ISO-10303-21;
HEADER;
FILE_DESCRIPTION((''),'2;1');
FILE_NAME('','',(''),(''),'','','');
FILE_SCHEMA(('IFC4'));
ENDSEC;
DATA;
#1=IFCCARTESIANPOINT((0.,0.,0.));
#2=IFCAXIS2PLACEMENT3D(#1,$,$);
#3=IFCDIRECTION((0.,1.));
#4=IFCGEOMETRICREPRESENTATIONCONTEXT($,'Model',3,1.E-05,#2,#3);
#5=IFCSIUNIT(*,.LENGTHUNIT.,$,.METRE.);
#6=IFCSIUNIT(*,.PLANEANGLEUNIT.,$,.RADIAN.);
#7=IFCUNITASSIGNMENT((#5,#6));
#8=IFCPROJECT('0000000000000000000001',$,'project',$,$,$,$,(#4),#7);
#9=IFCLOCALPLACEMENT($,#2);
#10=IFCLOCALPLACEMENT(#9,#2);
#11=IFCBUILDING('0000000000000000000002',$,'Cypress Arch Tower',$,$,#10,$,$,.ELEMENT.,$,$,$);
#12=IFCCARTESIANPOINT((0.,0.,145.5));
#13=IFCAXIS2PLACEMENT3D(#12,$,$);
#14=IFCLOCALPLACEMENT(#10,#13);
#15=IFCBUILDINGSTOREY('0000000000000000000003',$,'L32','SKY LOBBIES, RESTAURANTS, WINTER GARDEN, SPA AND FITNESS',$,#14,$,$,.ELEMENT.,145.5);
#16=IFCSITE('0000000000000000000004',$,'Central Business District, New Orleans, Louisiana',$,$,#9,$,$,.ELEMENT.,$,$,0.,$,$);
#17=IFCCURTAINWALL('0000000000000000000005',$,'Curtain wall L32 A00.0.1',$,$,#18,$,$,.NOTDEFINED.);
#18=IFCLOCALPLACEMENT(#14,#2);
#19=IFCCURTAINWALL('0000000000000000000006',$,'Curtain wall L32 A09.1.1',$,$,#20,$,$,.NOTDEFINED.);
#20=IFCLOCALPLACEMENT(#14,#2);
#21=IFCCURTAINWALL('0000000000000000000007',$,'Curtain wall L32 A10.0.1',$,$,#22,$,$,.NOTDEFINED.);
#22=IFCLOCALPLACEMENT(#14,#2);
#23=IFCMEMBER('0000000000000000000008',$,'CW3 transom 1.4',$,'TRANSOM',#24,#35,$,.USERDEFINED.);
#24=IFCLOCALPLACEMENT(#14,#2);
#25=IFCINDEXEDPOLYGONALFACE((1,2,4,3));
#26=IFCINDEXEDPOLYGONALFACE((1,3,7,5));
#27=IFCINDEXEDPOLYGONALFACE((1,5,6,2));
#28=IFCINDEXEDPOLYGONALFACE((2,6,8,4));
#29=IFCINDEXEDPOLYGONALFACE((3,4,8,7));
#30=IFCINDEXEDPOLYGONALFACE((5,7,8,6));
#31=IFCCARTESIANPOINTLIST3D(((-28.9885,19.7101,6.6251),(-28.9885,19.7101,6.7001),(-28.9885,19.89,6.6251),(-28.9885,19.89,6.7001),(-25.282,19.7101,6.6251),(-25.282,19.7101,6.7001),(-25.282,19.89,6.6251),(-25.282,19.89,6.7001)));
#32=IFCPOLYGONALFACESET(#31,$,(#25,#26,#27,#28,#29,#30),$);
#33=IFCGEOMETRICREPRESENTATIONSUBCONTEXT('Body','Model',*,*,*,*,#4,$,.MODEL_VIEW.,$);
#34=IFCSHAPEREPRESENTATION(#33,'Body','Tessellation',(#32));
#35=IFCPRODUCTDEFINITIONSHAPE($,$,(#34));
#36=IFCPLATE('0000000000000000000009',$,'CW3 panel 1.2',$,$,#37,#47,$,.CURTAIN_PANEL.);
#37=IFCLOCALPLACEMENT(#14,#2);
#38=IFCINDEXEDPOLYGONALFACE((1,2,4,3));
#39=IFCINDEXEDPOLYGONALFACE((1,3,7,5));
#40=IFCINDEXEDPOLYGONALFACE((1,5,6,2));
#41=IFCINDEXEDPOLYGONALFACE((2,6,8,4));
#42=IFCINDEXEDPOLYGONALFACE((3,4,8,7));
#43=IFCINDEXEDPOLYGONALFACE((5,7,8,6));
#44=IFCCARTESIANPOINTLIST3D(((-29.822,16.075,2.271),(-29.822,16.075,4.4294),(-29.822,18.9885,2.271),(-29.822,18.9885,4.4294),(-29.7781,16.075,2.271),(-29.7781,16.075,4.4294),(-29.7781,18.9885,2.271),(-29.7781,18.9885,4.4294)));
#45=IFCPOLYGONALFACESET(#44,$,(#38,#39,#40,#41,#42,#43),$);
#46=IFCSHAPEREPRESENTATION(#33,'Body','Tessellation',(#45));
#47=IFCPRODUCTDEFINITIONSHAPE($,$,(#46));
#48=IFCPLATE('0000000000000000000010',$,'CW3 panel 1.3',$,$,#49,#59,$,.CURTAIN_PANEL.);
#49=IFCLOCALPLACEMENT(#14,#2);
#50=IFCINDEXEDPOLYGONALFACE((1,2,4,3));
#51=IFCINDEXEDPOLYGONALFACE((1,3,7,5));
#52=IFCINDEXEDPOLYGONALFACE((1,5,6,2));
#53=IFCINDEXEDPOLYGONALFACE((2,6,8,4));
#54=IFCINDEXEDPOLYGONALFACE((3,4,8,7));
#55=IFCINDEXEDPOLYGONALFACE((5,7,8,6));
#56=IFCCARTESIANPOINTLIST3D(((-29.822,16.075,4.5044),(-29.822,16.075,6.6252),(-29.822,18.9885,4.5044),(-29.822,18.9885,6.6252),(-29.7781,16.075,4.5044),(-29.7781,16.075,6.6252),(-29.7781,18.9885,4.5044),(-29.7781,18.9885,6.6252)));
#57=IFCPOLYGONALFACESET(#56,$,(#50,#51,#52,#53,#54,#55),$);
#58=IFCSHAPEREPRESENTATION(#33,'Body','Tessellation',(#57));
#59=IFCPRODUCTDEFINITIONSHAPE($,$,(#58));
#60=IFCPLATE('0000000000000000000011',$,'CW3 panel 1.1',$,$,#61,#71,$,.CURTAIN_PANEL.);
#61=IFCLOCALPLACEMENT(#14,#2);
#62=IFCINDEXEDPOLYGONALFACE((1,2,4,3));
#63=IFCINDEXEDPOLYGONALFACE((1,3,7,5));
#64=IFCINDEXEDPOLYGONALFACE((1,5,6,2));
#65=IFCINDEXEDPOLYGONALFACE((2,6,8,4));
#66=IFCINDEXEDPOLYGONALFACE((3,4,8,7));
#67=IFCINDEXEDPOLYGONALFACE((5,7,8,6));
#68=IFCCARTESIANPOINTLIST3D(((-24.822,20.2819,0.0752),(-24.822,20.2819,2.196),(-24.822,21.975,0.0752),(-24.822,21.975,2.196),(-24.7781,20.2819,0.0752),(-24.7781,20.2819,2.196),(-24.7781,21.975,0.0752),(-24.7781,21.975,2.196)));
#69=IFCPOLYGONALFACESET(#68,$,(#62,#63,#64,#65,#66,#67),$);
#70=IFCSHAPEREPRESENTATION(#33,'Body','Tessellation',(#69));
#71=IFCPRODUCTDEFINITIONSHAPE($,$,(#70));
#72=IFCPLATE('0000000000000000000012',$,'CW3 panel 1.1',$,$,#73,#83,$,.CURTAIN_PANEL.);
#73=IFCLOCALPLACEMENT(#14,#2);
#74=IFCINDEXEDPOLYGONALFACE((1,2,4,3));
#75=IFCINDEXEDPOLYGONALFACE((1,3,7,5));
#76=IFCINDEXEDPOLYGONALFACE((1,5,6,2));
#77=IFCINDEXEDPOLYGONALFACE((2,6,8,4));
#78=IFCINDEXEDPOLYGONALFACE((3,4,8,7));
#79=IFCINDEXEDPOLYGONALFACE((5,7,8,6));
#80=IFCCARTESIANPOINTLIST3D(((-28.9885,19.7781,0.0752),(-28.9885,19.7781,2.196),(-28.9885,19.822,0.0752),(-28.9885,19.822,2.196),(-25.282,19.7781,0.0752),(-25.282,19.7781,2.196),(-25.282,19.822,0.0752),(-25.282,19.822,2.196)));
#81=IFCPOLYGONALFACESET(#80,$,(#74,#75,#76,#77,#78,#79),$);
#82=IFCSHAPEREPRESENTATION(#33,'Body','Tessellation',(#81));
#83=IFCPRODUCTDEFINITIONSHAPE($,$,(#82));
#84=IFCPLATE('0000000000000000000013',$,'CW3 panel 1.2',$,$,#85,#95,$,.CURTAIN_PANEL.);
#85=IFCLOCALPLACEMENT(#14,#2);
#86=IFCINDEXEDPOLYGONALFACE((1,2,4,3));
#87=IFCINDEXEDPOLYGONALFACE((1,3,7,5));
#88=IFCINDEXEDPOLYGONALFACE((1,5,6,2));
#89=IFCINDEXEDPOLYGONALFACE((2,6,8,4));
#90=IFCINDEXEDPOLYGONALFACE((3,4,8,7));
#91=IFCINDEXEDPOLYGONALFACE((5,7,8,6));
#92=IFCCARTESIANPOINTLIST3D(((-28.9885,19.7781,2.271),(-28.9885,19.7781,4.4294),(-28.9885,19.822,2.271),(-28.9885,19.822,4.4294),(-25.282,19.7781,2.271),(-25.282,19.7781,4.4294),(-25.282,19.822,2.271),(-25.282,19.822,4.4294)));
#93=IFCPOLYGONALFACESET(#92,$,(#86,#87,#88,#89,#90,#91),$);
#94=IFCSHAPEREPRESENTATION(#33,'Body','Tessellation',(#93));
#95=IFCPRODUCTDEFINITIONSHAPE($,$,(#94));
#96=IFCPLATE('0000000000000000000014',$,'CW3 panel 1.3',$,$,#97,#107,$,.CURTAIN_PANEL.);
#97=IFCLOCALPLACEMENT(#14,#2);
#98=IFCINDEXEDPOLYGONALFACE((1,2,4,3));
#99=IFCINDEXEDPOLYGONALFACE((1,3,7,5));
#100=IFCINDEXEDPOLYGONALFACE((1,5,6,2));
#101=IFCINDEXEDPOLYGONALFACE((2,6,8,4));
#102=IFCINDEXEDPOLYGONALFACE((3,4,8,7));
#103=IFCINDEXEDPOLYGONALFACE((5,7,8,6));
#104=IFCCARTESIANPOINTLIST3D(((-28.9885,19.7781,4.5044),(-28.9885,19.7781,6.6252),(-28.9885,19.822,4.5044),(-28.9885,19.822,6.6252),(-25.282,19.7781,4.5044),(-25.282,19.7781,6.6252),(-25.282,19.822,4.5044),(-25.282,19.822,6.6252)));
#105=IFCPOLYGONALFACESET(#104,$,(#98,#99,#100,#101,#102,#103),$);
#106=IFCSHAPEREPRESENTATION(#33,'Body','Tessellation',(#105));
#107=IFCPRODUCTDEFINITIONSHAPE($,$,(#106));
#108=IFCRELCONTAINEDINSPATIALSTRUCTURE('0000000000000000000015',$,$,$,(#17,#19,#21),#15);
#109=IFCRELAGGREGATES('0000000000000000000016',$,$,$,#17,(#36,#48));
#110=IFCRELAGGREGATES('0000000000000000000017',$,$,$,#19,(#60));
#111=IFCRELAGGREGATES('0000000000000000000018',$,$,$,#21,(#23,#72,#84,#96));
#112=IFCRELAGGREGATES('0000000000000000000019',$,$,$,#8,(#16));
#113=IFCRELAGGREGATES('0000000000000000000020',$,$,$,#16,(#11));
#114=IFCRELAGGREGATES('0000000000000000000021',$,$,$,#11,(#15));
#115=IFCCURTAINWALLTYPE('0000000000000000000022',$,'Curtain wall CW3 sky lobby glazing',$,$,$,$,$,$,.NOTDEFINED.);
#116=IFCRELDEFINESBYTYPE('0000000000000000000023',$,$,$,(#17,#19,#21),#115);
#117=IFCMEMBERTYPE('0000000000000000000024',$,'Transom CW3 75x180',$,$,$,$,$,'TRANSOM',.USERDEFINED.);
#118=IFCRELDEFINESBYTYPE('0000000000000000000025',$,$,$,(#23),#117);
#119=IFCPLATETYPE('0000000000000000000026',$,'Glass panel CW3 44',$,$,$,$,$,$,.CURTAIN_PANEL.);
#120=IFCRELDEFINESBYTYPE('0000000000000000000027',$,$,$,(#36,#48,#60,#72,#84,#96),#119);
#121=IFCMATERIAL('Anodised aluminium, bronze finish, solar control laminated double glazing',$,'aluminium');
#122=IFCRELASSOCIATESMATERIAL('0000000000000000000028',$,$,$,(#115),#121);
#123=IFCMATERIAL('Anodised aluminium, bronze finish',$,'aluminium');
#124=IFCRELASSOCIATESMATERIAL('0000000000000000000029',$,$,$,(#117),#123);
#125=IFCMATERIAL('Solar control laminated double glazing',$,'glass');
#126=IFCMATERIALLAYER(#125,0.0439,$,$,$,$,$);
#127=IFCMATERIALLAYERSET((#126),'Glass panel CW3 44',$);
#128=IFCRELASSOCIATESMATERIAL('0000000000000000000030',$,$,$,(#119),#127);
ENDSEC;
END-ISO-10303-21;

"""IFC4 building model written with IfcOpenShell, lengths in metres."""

from ifc_helpers import new_model, si_unit, direction, frame, origin, origin_2d, place, context, subcontext, project, spatial, rectangle, extrude, material, layer, layer_set, material_profile, profile_set, type_object, element, aggregate, save


model = new_model("IFC4")

# Units and contexts
model_context = context("Model", 3, precision=1e-05, world=origin(), true_north=direction((0.0, 1.0)))
body_context = subcontext(model_context, "Body", "Model", "MODEL_VIEW")
ifc_project = project(units=[si_unit("LENGTHUNIT", "METRE"), si_unit("PLANEANGLEUNIT", "RADIAN")], contexts=[model_context])

# Site, building, storey
site_placement = place(None, origin())
site = spatial("IfcSite", under=ifc_project, at=site_placement, Name="Central Business District, New Orleans, Louisiana", CompositionType="ELEMENT", RefElevation=0.0)
building_placement = place(site_placement, origin())
building = spatial("IfcBuilding", under=site, at=building_placement, Name="Cypress Arch Tower", CompositionType="ELEMENT")
storey_placement = place(building_placement, frame((0.0, 0.0, 145.5)))
storey = spatial("IfcBuildingStorey", under=building, at=storey_placement, Name="L32", Description="SKY LOBBIES, RESTAURANTS, WINTER GARDEN, SPA AND FITNESS", CompositionType="ELEMENT", Elevation=145.5)

# Curtain walls
ifc_material_1 = material(Name="Anodised aluminium, bronze finish, solar control laminated double glazing", Category="aluminium")
curtain_wall_type = type_object("IfcCurtainWallType", Name="Curtain wall CW3 sky lobby glazing", PredefinedType="NOTDEFINED", material=ifc_material_1)
curtain_wall_1_placement = place(storey_placement, origin())
curtain_wall_1 = element("IfcCurtainWall", 1, at=curtain_wall_1_placement, inside=storey, type_object=curtain_wall_type, Name="Curtain wall L32 A00.0.1", PredefinedType="NOTDEFINED")
curtain_wall_2_placement = place(storey_placement, origin())
curtain_wall_2 = element("IfcCurtainWall", 2, at=curtain_wall_2_placement, inside=storey, type_object=curtain_wall_type, Name="Curtain wall L32 A09.1.1", PredefinedType="NOTDEFINED")

# Curtain wall
curtain_wall_3_placement = place(storey_placement, origin())
curtain_wall_3 = element("IfcCurtainWall", 3, at=curtain_wall_3_placement, inside=storey, type_object=curtain_wall_type, Name="Curtain wall L32 A10.0.1", PredefinedType="NOTDEFINED")

# Member
ifc_material_2 = material(Name="Anodised aluminium, bronze finish", Category="aluminium")
ifc_material_profile_1 = material_profile(ifc_material_2, rectangle(XDim=0.1799, YDim=0.075, at=origin_2d()), Name="Transom 75x180")
ifc_profile_set_1 = profile_set([ifc_material_profile_1], Name="Anodised aluminium, bronze finish")
member_type_1 = type_object("IfcMemberType", Name="Transom CW3 75x180", ElementType="TRANSOM", PredefinedType="USERDEFINED", material=ifc_profile_set_1)
member_1_placement = place(storey_placement, frame((-25.282, 19.8, 6.6626), z_axis=(-1.0, 0.0, 0.0), x_axis=(0.0, -1.0, 0.0)))
member_1 = element("IfcMember", 4, at=member_1_placement, type_object=member_type_1, Name="CW3 transom 1.4", ObjectType="TRANSOM", PredefinedType="USERDEFINED", context=body_context, shape_type="SweptSolid", body=[
    extrude(rectangle(XDim=0.1799, YDim=0.075, at=origin_2d()), origin(), (0.0, 0.0, 1.0), 3.7065),
])

# Plates
ifc_material_3 = material(Name="Solar control laminated double glazing", Category="glass")
ifc_layer = layer(ifc_material_3, 0.0439)
ifc_layer_set = layer_set([ifc_layer], Name="Glass panel CW3 44")
plate_type = type_object("IfcPlateType", Name="Glass panel CW3 44", PredefinedType="CURTAIN_PANEL", material=ifc_layer_set)
plate_1_placement = place(storey_placement, frame((-29.8, 17.5317, 2.271), z_axis=(0.0, 0.0, 1.0), x_axis=(0.0, -1.0, 0.0)))
plate_1 = element("IfcPlate", 5, at=plate_1_placement, type_object=plate_type, Name="CW3 panel 1.2", PredefinedType="CURTAIN_PANEL", context=body_context, shape_type="SweptSolid", body=[
    extrude(rectangle(XDim=2.9136, YDim=0.0439, at=origin_2d()), origin(), (0.0, 0.0, 1.0), 2.1584),
])
plate_2_placement = place(storey_placement, frame((-29.8, 17.5317, 4.5044), z_axis=(0.0, 0.0, 1.0), x_axis=(0.0, -1.0, 0.0)))
plate_2 = element("IfcPlate", 6, at=plate_2_placement, type_object=plate_type, Name="CW3 panel 1.3", PredefinedType="CURTAIN_PANEL", context=body_context, shape_type="SweptSolid", body=[
    extrude(rectangle(XDim=2.9136, YDim=0.0439, at=origin_2d()), origin(), (0.0, 0.0, 1.0), 2.1208),
])
aggregate(curtain_wall_1, [plate_1, plate_2])
plate_3_placement = place(storey_placement, frame((-24.8, 21.1284, 0.0752), z_axis=(0.0, 0.0, 1.0), x_axis=(0.0, -1.0, 0.0)))
plate_3 = element("IfcPlate", 7, at=plate_3_placement, type_object=plate_type, Name="CW3 panel 1.1", PredefinedType="CURTAIN_PANEL", context=body_context, shape_type="SweptSolid", body=[
    extrude(rectangle(XDim=1.6931, YDim=0.0439, at=origin_2d()), origin(), (0.0, 0.0, 1.0), 2.1208),
])
aggregate(curtain_wall_2, [plate_3])
plate_4_placement = place(storey_placement, frame((-27.1353, 19.8, 0.0752), z_axis=(0.0, 0.0, 1.0), x_axis=(-1.0, 0.0, 0.0)))
plate_4 = element("IfcPlate", 8, at=plate_4_placement, type_object=plate_type, Name="CW3 panel 1.1", PredefinedType="CURTAIN_PANEL", context=body_context, shape_type="SweptSolid", body=[
    extrude(rectangle(XDim=3.7065, YDim=0.0439, at=origin_2d()), origin(), (0.0, 0.0, 1.0), 2.1208),
])
plate_5_placement = place(storey_placement, frame((-27.1353, 19.8, 2.271), z_axis=(0.0, 0.0, 1.0), x_axis=(-1.0, 0.0, 0.0)))
plate_5 = element("IfcPlate", 9, at=plate_5_placement, type_object=plate_type, Name="CW3 panel 1.2", PredefinedType="CURTAIN_PANEL", context=body_context, shape_type="SweptSolid", body=[
    extrude(rectangle(XDim=3.7065, YDim=0.0439, at=origin_2d()), origin(), (0.0, 0.0, 1.0), 2.1584),
])
plate_6_placement = place(storey_placement, frame((-27.1353, 19.8, 4.5044), z_axis=(0.0, 0.0, 1.0), x_axis=(-1.0, 0.0, 0.0)))
plate_6 = element("IfcPlate", 10, at=plate_6_placement, type_object=plate_type, Name="CW3 panel 1.3", PredefinedType="CURTAIN_PANEL", context=body_context, shape_type="SweptSolid", body=[
    extrude(rectangle(XDim=3.7065, YDim=0.0439, at=origin_2d()), origin(), (0.0, 0.0, 1.0), 2.1208),
])
aggregate(curtain_wall_3, [member_1, plate_4, plate_5, plate_6])

save(model, "model.ifc")
